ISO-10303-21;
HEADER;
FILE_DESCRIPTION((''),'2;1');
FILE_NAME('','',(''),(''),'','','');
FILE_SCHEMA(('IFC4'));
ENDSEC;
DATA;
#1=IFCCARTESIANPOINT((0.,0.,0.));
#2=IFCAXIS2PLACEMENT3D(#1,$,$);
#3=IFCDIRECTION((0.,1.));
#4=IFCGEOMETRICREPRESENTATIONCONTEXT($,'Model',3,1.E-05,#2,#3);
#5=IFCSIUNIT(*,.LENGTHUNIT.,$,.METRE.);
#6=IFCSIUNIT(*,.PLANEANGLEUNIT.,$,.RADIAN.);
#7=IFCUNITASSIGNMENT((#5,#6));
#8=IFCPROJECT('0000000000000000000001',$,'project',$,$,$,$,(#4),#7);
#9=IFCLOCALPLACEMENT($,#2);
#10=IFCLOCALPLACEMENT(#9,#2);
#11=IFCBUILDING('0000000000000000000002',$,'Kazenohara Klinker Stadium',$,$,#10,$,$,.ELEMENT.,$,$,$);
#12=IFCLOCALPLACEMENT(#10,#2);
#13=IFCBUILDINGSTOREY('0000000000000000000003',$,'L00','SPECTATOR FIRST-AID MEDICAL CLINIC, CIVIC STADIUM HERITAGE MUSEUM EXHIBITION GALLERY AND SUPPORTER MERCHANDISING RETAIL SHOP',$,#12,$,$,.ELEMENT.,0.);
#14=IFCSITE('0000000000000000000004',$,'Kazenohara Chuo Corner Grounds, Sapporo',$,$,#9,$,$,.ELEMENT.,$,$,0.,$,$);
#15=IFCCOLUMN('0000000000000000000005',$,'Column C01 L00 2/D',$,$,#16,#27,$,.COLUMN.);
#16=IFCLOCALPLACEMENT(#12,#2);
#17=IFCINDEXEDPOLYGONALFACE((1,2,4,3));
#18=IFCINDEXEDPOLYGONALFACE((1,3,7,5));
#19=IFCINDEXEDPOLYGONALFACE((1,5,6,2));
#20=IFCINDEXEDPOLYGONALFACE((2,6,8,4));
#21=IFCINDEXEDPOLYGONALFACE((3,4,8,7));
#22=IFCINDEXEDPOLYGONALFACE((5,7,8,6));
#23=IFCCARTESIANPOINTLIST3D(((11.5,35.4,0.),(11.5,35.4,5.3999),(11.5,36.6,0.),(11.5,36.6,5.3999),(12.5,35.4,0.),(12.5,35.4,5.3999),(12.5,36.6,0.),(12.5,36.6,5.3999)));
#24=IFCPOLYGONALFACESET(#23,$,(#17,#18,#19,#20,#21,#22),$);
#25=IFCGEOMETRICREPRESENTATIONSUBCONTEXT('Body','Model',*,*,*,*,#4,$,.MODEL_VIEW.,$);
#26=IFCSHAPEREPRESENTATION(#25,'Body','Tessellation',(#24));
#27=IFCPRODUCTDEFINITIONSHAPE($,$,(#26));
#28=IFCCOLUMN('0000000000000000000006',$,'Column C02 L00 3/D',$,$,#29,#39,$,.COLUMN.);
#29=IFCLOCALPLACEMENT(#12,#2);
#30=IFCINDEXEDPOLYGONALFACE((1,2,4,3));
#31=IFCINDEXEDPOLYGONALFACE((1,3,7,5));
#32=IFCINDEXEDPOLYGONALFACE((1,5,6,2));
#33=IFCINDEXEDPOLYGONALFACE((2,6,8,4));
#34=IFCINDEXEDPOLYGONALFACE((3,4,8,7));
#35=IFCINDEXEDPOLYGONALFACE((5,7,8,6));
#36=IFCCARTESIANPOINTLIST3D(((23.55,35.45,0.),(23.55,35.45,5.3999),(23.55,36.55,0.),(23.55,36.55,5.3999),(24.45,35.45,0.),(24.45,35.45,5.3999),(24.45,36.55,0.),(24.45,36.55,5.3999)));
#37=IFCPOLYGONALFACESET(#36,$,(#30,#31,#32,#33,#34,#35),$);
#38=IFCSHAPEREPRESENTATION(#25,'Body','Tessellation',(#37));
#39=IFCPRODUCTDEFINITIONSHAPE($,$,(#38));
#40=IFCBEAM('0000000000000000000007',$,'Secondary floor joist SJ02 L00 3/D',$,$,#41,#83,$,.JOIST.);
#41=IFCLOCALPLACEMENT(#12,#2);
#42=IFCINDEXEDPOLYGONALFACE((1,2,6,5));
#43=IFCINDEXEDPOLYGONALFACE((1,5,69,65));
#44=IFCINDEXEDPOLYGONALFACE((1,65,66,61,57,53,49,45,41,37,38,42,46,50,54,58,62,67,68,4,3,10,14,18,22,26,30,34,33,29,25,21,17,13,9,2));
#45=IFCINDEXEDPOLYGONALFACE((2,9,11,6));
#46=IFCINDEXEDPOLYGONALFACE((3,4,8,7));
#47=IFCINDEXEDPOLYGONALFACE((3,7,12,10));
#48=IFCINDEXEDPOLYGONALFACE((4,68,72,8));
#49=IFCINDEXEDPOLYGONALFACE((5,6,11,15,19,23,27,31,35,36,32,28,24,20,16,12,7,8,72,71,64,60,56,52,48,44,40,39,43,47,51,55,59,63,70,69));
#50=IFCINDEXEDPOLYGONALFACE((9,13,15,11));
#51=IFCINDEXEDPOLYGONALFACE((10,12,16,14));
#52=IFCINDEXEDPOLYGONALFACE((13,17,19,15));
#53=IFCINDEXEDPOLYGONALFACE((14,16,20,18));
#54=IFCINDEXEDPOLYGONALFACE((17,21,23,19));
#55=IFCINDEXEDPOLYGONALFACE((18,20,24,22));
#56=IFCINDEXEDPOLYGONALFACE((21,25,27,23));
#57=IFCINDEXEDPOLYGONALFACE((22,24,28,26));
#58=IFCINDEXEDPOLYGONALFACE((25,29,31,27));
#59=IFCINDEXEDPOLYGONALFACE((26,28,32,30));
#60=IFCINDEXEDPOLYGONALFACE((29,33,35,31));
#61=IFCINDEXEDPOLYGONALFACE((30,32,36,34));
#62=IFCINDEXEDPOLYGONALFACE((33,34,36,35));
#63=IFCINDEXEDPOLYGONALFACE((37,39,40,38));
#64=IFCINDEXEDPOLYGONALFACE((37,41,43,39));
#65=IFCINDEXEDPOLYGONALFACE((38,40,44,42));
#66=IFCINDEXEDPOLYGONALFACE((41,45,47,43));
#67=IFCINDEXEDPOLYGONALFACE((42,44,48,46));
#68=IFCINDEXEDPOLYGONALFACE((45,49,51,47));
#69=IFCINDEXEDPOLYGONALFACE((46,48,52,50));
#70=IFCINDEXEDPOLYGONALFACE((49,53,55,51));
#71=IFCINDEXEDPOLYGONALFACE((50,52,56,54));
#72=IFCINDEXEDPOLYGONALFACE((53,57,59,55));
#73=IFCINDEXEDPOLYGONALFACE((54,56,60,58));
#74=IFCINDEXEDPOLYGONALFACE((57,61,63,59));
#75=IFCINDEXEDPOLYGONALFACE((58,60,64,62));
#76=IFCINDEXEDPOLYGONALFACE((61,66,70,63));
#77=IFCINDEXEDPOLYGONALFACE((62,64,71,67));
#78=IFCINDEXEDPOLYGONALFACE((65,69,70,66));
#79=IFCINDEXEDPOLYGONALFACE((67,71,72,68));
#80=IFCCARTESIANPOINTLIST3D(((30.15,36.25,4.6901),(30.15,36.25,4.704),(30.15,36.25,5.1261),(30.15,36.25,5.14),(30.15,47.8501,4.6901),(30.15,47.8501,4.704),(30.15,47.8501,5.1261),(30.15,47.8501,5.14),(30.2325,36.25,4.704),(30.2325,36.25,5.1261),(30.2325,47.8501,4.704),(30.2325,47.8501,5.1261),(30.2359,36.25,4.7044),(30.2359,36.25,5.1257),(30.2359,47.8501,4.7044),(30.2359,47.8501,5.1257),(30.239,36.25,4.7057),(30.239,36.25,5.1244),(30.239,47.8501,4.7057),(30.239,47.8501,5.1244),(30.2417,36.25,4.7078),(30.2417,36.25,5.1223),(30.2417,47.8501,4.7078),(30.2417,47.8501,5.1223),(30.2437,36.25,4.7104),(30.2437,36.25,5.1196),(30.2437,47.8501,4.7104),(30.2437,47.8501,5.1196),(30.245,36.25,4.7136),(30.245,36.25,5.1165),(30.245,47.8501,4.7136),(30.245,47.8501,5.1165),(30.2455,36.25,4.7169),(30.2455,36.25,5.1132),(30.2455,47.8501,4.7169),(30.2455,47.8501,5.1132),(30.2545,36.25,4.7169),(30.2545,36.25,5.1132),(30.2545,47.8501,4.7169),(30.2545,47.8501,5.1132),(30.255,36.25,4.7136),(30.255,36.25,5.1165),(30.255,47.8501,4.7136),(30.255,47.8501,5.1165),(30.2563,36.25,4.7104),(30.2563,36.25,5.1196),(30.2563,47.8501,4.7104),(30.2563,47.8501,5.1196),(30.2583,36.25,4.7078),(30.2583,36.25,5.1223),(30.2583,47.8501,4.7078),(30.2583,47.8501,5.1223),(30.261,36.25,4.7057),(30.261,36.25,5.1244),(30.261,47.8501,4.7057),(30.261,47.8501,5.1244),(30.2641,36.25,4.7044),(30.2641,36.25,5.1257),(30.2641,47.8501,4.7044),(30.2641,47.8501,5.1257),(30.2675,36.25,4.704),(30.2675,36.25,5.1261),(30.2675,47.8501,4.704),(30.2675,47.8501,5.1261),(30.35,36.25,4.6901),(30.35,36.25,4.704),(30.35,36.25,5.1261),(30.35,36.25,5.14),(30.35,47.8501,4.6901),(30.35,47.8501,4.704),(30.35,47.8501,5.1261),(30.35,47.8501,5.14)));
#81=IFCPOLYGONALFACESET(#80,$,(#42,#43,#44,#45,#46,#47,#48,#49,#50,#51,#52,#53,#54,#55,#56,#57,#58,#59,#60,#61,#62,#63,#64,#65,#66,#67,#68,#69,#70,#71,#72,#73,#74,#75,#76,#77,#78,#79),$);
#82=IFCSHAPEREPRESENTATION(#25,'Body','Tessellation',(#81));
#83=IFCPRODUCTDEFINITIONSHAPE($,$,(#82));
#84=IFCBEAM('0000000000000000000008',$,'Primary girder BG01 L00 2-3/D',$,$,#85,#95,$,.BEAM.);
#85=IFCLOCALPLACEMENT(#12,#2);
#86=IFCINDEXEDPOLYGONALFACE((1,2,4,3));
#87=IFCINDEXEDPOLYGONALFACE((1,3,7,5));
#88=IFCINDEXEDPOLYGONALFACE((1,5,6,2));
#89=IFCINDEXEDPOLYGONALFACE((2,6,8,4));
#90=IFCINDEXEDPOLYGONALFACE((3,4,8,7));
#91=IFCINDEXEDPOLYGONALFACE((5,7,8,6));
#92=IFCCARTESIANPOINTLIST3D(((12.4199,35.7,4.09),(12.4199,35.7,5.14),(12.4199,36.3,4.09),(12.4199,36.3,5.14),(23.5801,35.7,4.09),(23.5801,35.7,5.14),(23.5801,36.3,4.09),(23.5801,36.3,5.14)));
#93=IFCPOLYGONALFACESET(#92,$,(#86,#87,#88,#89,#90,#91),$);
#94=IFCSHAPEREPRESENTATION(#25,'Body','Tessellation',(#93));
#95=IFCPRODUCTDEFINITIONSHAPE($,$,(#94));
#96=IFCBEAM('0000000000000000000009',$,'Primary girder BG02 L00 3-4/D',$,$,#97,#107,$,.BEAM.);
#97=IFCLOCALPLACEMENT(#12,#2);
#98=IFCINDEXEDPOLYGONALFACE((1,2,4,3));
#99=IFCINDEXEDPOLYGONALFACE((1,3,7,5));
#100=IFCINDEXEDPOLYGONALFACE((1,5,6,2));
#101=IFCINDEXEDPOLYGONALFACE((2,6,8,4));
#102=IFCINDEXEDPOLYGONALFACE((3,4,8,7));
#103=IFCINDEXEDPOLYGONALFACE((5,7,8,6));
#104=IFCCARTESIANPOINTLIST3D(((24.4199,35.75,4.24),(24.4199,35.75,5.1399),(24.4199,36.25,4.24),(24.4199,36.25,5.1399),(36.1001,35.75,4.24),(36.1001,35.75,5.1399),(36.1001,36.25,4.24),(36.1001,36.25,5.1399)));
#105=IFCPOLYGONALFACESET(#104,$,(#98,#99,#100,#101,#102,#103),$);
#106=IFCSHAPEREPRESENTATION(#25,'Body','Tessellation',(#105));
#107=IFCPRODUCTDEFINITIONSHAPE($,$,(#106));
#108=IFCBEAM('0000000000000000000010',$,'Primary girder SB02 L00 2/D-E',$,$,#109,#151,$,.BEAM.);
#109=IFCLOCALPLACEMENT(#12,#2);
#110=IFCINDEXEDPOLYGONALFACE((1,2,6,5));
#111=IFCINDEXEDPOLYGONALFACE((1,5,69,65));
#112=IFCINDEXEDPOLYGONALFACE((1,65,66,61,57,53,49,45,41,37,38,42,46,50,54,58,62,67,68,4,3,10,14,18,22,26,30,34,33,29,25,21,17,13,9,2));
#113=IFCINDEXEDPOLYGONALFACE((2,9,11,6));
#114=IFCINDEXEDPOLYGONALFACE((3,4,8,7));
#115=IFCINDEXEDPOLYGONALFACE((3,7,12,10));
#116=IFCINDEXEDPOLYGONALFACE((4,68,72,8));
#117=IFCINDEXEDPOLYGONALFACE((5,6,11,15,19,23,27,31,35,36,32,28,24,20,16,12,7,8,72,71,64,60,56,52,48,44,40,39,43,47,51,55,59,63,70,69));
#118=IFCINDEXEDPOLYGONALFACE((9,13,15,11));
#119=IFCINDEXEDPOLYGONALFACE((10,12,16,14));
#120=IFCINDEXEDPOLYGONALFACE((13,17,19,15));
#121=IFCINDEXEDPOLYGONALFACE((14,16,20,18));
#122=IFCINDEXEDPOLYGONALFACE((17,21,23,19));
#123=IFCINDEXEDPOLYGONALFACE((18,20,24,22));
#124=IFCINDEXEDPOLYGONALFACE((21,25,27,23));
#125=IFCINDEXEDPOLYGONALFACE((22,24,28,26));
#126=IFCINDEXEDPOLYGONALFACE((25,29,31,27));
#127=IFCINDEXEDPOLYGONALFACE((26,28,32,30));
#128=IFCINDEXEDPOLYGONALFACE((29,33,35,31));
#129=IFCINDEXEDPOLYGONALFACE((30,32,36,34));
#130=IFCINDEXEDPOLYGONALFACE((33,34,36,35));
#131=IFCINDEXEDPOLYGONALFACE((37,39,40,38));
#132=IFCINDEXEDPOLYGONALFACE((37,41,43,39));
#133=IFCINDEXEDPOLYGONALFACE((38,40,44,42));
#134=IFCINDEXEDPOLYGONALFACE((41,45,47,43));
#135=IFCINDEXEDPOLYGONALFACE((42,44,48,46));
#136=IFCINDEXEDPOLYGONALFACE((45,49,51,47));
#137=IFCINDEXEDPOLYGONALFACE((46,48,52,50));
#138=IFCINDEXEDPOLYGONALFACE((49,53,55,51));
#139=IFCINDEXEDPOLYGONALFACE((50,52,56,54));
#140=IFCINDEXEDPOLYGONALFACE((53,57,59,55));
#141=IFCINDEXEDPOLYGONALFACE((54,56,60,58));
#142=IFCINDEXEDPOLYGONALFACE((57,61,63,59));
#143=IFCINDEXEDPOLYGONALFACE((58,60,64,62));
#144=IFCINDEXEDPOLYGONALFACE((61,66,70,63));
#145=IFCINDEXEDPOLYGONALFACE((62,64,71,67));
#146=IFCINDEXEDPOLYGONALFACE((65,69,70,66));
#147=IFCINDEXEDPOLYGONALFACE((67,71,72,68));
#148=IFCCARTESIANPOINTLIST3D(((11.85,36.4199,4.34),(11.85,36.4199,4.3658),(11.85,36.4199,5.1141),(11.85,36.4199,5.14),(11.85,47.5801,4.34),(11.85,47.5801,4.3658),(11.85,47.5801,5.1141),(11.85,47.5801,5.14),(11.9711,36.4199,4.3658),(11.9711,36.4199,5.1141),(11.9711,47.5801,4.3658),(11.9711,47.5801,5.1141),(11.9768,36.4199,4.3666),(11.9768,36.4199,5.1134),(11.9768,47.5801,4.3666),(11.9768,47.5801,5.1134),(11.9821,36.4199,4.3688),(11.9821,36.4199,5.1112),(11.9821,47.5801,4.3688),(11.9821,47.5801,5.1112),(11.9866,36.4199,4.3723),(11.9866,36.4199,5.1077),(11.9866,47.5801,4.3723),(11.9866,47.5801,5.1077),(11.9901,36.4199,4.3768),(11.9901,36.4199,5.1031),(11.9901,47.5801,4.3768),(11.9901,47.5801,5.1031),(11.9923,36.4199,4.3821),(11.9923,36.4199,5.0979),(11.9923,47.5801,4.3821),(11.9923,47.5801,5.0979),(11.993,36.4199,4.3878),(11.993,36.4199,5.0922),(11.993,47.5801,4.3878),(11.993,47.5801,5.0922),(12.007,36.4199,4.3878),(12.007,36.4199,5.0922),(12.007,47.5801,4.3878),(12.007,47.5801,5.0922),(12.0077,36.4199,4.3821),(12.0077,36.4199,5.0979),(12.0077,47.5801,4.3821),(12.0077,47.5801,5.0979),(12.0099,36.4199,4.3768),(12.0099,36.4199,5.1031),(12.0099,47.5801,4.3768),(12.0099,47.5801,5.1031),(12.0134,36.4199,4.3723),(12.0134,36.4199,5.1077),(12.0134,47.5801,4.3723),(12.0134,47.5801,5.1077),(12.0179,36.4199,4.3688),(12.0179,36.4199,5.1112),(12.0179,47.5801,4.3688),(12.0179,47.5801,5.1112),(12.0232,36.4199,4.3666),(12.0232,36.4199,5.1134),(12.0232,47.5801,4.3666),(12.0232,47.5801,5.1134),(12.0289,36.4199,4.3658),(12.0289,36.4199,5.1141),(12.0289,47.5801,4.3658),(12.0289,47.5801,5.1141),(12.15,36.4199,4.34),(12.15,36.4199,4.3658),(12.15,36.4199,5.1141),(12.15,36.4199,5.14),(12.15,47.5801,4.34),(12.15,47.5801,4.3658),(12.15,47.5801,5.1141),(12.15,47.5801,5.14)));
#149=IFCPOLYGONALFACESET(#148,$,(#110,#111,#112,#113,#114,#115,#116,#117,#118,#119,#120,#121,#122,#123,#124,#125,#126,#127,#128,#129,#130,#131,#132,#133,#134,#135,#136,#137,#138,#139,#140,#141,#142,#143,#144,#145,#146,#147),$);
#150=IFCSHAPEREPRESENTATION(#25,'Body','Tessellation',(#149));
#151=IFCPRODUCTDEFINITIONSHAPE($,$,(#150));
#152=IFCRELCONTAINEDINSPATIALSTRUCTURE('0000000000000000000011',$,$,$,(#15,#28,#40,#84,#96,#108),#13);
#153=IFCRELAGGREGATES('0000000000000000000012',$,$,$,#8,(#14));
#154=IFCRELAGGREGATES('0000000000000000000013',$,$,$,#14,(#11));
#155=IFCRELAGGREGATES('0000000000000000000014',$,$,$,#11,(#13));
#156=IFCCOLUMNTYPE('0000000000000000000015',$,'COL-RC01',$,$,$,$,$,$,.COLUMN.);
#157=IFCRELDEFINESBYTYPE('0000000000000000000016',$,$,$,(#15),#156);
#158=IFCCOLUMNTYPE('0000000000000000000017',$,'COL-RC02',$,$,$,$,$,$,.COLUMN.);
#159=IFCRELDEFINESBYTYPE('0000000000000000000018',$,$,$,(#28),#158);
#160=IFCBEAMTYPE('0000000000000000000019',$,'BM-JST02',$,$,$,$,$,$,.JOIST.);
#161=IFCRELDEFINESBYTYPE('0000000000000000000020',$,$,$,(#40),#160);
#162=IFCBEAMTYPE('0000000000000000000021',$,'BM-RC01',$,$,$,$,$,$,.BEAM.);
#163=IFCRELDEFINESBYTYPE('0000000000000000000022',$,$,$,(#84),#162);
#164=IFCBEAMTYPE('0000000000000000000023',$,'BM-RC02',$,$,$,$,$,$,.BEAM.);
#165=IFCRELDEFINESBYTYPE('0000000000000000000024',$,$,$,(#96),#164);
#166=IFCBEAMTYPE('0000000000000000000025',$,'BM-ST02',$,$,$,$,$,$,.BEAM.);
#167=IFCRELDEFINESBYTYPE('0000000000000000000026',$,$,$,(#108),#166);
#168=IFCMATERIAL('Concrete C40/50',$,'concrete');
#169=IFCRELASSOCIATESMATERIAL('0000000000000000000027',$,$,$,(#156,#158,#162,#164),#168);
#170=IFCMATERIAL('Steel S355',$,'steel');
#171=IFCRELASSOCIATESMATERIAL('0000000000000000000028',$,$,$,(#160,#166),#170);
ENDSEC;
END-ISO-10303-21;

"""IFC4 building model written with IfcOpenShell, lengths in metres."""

from ifc_helpers import new_model, si_unit, direction, frame, origin, origin_2d, place, context, subcontext, project, spatial, rectangle, i_section, extrude, material, material_profile, profile_set, type_object, element, save


model = new_model("IFC4")

# Units and contexts
model_context = context("Model", 3, precision=1e-05, world=origin(), true_north=direction((0.0, 1.0)))
body_context = subcontext(model_context, "Body", "Model", "MODEL_VIEW")
ifc_project = project(units=[si_unit("LENGTHUNIT", "METRE"), si_unit("PLANEANGLEUNIT", "RADIAN")], contexts=[model_context])

# Site, building, storey
site_placement = place(None, origin())
site = spatial("IfcSite", under=ifc_project, at=site_placement, Name="Kazenohara Chuo Corner Grounds, Sapporo", CompositionType="ELEMENT", RefElevation=0.0)
building_placement = place(site_placement, origin())
building = spatial("IfcBuilding", under=site, at=building_placement, Name="Kazenohara Klinker Stadium", CompositionType="ELEMENT")
storey_placement = place(building_placement, origin())
storey = spatial("IfcBuildingStorey", under=building, at=storey_placement, Name="L00", Description="SPECTATOR FIRST-AID MEDICAL CLINIC, CIVIC STADIUM HERITAGE MUSEUM EXHIBITION GALLERY AND SUPPORTER MERCHANDISING RETAIL SHOP", CompositionType="ELEMENT", Elevation=0.0)

# Columns
ifc_material_1 = material(Name="Concrete C40/50", Category="concrete")
ifc_material_profile_1 = material_profile(ifc_material_1, rectangle(XDim=1.0, YDim=1.2, at=origin_2d()), Name="RC-COL-1200x1000")
ifc_profile_set_1 = profile_set([ifc_material_profile_1], Name="Concrete C40/50")
column_type_1 = type_object("IfcColumnType", Name="COL-RC01", PredefinedType="COLUMN", material=ifc_profile_set_1)
column_1_placement = place(storey_placement, frame((12.0, 36.0, 0.0), z_axis=(0.0, 0.0, 1.0), x_axis=(1.0, 0.0, 0.0)))
element("IfcColumn", 1, at=column_1_placement, inside=storey, type_object=column_type_1, Name="Column C01 L00 2/D", PredefinedType="COLUMN", context=body_context, shape_type="SweptSolid", body=[
    extrude(rectangle(XDim=1.0, YDim=1.2, at=origin_2d()), origin(), (0.0, 0.0, 1.0), 5.3999),
])
ifc_material_profile_2 = material_profile(ifc_material_1, rectangle(XDim=0.8999, YDim=1.1001, at=origin_2d()), Name="RC-COL-1100x900")
ifc_profile_set_2 = profile_set([ifc_material_profile_2], Name="Concrete C40/50")
column_type_2 = type_object("IfcColumnType", Name="COL-RC02", PredefinedType="COLUMN", material=ifc_profile_set_2)
column_2_placement = place(storey_placement, frame((24.0, 36.0, 0.0), z_axis=(0.0, 0.0, 1.0), x_axis=(1.0, 0.0, 0.0)))
element("IfcColumn", 2, at=column_2_placement, inside=storey, type_object=column_type_2, Name="Column C02 L00 3/D", PredefinedType="COLUMN", context=body_context, shape_type="SweptSolid", body=[
    extrude(rectangle(XDim=0.8999, YDim=1.1001, at=origin_2d()), origin(), (0.0, 0.0, 1.0), 5.3999),
])

# Beams
ifc_material_2 = material(Name="Steel S355", Category="steel")
ifc_material_profile_3 = material_profile(ifc_material_2, i_section(OverallWidth=0.2, OverallDepth=0.45, WebThickness=0.009, FlangeThickness=0.0139, FilletRadius=0.0129, at=origin_2d()), Name="H-450x200x9x14")
ifc_profile_set_3 = profile_set([ifc_material_profile_3], Name="Steel S355")
beam_type_1 = type_object("IfcBeamType", Name="BM-JST02", PredefinedType="JOIST", material=ifc_profile_set_3)
beam_1_placement = place(storey_placement, frame((30.25, 36.25, 4.915), z_axis=(0.0, 1.0, 0.0), x_axis=(-1.0, 0.0, 0.0)))
element("IfcBeam", 3, at=beam_1_placement, inside=storey, type_object=beam_type_1, Name="Secondary floor joist SJ02 L00 3/D", PredefinedType="JOIST", context=body_context, shape_type="SweptSolid", body=[
    extrude(i_section(OverallWidth=0.2, OverallDepth=0.45, WebThickness=0.009, FlangeThickness=0.0139, FilletRadius=0.0129, at=origin_2d()), origin(), (0.0, 0.0, 1.0), 11.6001),
])
ifc_material_profile_4 = material_profile(ifc_material_1, rectangle(XDim=0.6001, YDim=1.05, at=origin_2d()), Name="RC-BM-600x1050")
ifc_profile_set_4 = profile_set([ifc_material_profile_4], Name="Concrete C40/50")
beam_type_2 = type_object("IfcBeamType", Name="BM-RC01", PredefinedType="BEAM", material=ifc_profile_set_4)
beam_2_placement = place(storey_placement, frame((12.4199, 36.0, 4.615), z_axis=(1.0, 0.0, 0.0), x_axis=(0.0, 1.0, 0.0)))
element("IfcBeam", 4, at=beam_2_placement, inside=storey, type_object=beam_type_2, Name="Primary girder BG01 L00 2-3/D", PredefinedType="BEAM", context=body_context, shape_type="SweptSolid", body=[
    extrude(rectangle(XDim=0.6001, YDim=1.05, at=origin_2d()), origin(), (0.0, 0.0, 1.0), 11.1602),
])
ifc_material_profile_5 = material_profile(ifc_material_1, rectangle(XDim=0.5, YDim=0.8999, at=origin_2d()), Name="RC-BM-500x900")
ifc_profile_set_5 = profile_set([ifc_material_profile_5], Name="Concrete C40/50")
beam_type_3 = type_object("IfcBeamType", Name="BM-RC02", PredefinedType="BEAM", material=ifc_profile_set_5)
beam_3_placement = place(storey_placement, frame((24.4199, 36.0, 4.6899), z_axis=(1.0, 0.0, 0.0), x_axis=(0.0, 1.0, 0.0)))
element("IfcBeam", 5, at=beam_3_placement, inside=storey, type_object=beam_type_3, Name="Primary girder BG02 L00 3-4/D", PredefinedType="BEAM", context=body_context, shape_type="SweptSolid", body=[
    extrude(rectangle(XDim=0.5, YDim=0.8999, at=origin_2d()), origin(), (0.0, 0.0, 1.0), 11.6802),
])
ifc_material_profile_6 = material_profile(ifc_material_2, i_section(OverallWidth=0.3, OverallDepth=0.8, WebThickness=0.0139, FlangeThickness=0.0259, FilletRadius=0.022, at=origin_2d()), Name="H-800x300x14x26")
ifc_profile_set_6 = profile_set([ifc_material_profile_6], Name="Steel S355")
beam_type_4 = type_object("IfcBeamType", Name="BM-ST02", PredefinedType="BEAM", material=ifc_profile_set_6)
beam_4_placement = place(storey_placement, frame((12.0, 36.4199, 4.74), z_axis=(0.0, 1.0, 0.0), x_axis=(-1.0, 0.0, 0.0)))
element("IfcBeam", 6, at=beam_4_placement, inside=storey, type_object=beam_type_4, Name="Primary girder SB02 L00 2/D-E", PredefinedType="BEAM", context=body_context, shape_type="SweptSolid", body=[
    extrude(i_section(OverallWidth=0.3, OverallDepth=0.8, WebThickness=0.0139, FlangeThickness=0.0259, FilletRadius=0.022, at=origin_2d()), origin(), (0.0, 0.0, 1.0), 11.1602),
])

save(model, "model.ifc")
